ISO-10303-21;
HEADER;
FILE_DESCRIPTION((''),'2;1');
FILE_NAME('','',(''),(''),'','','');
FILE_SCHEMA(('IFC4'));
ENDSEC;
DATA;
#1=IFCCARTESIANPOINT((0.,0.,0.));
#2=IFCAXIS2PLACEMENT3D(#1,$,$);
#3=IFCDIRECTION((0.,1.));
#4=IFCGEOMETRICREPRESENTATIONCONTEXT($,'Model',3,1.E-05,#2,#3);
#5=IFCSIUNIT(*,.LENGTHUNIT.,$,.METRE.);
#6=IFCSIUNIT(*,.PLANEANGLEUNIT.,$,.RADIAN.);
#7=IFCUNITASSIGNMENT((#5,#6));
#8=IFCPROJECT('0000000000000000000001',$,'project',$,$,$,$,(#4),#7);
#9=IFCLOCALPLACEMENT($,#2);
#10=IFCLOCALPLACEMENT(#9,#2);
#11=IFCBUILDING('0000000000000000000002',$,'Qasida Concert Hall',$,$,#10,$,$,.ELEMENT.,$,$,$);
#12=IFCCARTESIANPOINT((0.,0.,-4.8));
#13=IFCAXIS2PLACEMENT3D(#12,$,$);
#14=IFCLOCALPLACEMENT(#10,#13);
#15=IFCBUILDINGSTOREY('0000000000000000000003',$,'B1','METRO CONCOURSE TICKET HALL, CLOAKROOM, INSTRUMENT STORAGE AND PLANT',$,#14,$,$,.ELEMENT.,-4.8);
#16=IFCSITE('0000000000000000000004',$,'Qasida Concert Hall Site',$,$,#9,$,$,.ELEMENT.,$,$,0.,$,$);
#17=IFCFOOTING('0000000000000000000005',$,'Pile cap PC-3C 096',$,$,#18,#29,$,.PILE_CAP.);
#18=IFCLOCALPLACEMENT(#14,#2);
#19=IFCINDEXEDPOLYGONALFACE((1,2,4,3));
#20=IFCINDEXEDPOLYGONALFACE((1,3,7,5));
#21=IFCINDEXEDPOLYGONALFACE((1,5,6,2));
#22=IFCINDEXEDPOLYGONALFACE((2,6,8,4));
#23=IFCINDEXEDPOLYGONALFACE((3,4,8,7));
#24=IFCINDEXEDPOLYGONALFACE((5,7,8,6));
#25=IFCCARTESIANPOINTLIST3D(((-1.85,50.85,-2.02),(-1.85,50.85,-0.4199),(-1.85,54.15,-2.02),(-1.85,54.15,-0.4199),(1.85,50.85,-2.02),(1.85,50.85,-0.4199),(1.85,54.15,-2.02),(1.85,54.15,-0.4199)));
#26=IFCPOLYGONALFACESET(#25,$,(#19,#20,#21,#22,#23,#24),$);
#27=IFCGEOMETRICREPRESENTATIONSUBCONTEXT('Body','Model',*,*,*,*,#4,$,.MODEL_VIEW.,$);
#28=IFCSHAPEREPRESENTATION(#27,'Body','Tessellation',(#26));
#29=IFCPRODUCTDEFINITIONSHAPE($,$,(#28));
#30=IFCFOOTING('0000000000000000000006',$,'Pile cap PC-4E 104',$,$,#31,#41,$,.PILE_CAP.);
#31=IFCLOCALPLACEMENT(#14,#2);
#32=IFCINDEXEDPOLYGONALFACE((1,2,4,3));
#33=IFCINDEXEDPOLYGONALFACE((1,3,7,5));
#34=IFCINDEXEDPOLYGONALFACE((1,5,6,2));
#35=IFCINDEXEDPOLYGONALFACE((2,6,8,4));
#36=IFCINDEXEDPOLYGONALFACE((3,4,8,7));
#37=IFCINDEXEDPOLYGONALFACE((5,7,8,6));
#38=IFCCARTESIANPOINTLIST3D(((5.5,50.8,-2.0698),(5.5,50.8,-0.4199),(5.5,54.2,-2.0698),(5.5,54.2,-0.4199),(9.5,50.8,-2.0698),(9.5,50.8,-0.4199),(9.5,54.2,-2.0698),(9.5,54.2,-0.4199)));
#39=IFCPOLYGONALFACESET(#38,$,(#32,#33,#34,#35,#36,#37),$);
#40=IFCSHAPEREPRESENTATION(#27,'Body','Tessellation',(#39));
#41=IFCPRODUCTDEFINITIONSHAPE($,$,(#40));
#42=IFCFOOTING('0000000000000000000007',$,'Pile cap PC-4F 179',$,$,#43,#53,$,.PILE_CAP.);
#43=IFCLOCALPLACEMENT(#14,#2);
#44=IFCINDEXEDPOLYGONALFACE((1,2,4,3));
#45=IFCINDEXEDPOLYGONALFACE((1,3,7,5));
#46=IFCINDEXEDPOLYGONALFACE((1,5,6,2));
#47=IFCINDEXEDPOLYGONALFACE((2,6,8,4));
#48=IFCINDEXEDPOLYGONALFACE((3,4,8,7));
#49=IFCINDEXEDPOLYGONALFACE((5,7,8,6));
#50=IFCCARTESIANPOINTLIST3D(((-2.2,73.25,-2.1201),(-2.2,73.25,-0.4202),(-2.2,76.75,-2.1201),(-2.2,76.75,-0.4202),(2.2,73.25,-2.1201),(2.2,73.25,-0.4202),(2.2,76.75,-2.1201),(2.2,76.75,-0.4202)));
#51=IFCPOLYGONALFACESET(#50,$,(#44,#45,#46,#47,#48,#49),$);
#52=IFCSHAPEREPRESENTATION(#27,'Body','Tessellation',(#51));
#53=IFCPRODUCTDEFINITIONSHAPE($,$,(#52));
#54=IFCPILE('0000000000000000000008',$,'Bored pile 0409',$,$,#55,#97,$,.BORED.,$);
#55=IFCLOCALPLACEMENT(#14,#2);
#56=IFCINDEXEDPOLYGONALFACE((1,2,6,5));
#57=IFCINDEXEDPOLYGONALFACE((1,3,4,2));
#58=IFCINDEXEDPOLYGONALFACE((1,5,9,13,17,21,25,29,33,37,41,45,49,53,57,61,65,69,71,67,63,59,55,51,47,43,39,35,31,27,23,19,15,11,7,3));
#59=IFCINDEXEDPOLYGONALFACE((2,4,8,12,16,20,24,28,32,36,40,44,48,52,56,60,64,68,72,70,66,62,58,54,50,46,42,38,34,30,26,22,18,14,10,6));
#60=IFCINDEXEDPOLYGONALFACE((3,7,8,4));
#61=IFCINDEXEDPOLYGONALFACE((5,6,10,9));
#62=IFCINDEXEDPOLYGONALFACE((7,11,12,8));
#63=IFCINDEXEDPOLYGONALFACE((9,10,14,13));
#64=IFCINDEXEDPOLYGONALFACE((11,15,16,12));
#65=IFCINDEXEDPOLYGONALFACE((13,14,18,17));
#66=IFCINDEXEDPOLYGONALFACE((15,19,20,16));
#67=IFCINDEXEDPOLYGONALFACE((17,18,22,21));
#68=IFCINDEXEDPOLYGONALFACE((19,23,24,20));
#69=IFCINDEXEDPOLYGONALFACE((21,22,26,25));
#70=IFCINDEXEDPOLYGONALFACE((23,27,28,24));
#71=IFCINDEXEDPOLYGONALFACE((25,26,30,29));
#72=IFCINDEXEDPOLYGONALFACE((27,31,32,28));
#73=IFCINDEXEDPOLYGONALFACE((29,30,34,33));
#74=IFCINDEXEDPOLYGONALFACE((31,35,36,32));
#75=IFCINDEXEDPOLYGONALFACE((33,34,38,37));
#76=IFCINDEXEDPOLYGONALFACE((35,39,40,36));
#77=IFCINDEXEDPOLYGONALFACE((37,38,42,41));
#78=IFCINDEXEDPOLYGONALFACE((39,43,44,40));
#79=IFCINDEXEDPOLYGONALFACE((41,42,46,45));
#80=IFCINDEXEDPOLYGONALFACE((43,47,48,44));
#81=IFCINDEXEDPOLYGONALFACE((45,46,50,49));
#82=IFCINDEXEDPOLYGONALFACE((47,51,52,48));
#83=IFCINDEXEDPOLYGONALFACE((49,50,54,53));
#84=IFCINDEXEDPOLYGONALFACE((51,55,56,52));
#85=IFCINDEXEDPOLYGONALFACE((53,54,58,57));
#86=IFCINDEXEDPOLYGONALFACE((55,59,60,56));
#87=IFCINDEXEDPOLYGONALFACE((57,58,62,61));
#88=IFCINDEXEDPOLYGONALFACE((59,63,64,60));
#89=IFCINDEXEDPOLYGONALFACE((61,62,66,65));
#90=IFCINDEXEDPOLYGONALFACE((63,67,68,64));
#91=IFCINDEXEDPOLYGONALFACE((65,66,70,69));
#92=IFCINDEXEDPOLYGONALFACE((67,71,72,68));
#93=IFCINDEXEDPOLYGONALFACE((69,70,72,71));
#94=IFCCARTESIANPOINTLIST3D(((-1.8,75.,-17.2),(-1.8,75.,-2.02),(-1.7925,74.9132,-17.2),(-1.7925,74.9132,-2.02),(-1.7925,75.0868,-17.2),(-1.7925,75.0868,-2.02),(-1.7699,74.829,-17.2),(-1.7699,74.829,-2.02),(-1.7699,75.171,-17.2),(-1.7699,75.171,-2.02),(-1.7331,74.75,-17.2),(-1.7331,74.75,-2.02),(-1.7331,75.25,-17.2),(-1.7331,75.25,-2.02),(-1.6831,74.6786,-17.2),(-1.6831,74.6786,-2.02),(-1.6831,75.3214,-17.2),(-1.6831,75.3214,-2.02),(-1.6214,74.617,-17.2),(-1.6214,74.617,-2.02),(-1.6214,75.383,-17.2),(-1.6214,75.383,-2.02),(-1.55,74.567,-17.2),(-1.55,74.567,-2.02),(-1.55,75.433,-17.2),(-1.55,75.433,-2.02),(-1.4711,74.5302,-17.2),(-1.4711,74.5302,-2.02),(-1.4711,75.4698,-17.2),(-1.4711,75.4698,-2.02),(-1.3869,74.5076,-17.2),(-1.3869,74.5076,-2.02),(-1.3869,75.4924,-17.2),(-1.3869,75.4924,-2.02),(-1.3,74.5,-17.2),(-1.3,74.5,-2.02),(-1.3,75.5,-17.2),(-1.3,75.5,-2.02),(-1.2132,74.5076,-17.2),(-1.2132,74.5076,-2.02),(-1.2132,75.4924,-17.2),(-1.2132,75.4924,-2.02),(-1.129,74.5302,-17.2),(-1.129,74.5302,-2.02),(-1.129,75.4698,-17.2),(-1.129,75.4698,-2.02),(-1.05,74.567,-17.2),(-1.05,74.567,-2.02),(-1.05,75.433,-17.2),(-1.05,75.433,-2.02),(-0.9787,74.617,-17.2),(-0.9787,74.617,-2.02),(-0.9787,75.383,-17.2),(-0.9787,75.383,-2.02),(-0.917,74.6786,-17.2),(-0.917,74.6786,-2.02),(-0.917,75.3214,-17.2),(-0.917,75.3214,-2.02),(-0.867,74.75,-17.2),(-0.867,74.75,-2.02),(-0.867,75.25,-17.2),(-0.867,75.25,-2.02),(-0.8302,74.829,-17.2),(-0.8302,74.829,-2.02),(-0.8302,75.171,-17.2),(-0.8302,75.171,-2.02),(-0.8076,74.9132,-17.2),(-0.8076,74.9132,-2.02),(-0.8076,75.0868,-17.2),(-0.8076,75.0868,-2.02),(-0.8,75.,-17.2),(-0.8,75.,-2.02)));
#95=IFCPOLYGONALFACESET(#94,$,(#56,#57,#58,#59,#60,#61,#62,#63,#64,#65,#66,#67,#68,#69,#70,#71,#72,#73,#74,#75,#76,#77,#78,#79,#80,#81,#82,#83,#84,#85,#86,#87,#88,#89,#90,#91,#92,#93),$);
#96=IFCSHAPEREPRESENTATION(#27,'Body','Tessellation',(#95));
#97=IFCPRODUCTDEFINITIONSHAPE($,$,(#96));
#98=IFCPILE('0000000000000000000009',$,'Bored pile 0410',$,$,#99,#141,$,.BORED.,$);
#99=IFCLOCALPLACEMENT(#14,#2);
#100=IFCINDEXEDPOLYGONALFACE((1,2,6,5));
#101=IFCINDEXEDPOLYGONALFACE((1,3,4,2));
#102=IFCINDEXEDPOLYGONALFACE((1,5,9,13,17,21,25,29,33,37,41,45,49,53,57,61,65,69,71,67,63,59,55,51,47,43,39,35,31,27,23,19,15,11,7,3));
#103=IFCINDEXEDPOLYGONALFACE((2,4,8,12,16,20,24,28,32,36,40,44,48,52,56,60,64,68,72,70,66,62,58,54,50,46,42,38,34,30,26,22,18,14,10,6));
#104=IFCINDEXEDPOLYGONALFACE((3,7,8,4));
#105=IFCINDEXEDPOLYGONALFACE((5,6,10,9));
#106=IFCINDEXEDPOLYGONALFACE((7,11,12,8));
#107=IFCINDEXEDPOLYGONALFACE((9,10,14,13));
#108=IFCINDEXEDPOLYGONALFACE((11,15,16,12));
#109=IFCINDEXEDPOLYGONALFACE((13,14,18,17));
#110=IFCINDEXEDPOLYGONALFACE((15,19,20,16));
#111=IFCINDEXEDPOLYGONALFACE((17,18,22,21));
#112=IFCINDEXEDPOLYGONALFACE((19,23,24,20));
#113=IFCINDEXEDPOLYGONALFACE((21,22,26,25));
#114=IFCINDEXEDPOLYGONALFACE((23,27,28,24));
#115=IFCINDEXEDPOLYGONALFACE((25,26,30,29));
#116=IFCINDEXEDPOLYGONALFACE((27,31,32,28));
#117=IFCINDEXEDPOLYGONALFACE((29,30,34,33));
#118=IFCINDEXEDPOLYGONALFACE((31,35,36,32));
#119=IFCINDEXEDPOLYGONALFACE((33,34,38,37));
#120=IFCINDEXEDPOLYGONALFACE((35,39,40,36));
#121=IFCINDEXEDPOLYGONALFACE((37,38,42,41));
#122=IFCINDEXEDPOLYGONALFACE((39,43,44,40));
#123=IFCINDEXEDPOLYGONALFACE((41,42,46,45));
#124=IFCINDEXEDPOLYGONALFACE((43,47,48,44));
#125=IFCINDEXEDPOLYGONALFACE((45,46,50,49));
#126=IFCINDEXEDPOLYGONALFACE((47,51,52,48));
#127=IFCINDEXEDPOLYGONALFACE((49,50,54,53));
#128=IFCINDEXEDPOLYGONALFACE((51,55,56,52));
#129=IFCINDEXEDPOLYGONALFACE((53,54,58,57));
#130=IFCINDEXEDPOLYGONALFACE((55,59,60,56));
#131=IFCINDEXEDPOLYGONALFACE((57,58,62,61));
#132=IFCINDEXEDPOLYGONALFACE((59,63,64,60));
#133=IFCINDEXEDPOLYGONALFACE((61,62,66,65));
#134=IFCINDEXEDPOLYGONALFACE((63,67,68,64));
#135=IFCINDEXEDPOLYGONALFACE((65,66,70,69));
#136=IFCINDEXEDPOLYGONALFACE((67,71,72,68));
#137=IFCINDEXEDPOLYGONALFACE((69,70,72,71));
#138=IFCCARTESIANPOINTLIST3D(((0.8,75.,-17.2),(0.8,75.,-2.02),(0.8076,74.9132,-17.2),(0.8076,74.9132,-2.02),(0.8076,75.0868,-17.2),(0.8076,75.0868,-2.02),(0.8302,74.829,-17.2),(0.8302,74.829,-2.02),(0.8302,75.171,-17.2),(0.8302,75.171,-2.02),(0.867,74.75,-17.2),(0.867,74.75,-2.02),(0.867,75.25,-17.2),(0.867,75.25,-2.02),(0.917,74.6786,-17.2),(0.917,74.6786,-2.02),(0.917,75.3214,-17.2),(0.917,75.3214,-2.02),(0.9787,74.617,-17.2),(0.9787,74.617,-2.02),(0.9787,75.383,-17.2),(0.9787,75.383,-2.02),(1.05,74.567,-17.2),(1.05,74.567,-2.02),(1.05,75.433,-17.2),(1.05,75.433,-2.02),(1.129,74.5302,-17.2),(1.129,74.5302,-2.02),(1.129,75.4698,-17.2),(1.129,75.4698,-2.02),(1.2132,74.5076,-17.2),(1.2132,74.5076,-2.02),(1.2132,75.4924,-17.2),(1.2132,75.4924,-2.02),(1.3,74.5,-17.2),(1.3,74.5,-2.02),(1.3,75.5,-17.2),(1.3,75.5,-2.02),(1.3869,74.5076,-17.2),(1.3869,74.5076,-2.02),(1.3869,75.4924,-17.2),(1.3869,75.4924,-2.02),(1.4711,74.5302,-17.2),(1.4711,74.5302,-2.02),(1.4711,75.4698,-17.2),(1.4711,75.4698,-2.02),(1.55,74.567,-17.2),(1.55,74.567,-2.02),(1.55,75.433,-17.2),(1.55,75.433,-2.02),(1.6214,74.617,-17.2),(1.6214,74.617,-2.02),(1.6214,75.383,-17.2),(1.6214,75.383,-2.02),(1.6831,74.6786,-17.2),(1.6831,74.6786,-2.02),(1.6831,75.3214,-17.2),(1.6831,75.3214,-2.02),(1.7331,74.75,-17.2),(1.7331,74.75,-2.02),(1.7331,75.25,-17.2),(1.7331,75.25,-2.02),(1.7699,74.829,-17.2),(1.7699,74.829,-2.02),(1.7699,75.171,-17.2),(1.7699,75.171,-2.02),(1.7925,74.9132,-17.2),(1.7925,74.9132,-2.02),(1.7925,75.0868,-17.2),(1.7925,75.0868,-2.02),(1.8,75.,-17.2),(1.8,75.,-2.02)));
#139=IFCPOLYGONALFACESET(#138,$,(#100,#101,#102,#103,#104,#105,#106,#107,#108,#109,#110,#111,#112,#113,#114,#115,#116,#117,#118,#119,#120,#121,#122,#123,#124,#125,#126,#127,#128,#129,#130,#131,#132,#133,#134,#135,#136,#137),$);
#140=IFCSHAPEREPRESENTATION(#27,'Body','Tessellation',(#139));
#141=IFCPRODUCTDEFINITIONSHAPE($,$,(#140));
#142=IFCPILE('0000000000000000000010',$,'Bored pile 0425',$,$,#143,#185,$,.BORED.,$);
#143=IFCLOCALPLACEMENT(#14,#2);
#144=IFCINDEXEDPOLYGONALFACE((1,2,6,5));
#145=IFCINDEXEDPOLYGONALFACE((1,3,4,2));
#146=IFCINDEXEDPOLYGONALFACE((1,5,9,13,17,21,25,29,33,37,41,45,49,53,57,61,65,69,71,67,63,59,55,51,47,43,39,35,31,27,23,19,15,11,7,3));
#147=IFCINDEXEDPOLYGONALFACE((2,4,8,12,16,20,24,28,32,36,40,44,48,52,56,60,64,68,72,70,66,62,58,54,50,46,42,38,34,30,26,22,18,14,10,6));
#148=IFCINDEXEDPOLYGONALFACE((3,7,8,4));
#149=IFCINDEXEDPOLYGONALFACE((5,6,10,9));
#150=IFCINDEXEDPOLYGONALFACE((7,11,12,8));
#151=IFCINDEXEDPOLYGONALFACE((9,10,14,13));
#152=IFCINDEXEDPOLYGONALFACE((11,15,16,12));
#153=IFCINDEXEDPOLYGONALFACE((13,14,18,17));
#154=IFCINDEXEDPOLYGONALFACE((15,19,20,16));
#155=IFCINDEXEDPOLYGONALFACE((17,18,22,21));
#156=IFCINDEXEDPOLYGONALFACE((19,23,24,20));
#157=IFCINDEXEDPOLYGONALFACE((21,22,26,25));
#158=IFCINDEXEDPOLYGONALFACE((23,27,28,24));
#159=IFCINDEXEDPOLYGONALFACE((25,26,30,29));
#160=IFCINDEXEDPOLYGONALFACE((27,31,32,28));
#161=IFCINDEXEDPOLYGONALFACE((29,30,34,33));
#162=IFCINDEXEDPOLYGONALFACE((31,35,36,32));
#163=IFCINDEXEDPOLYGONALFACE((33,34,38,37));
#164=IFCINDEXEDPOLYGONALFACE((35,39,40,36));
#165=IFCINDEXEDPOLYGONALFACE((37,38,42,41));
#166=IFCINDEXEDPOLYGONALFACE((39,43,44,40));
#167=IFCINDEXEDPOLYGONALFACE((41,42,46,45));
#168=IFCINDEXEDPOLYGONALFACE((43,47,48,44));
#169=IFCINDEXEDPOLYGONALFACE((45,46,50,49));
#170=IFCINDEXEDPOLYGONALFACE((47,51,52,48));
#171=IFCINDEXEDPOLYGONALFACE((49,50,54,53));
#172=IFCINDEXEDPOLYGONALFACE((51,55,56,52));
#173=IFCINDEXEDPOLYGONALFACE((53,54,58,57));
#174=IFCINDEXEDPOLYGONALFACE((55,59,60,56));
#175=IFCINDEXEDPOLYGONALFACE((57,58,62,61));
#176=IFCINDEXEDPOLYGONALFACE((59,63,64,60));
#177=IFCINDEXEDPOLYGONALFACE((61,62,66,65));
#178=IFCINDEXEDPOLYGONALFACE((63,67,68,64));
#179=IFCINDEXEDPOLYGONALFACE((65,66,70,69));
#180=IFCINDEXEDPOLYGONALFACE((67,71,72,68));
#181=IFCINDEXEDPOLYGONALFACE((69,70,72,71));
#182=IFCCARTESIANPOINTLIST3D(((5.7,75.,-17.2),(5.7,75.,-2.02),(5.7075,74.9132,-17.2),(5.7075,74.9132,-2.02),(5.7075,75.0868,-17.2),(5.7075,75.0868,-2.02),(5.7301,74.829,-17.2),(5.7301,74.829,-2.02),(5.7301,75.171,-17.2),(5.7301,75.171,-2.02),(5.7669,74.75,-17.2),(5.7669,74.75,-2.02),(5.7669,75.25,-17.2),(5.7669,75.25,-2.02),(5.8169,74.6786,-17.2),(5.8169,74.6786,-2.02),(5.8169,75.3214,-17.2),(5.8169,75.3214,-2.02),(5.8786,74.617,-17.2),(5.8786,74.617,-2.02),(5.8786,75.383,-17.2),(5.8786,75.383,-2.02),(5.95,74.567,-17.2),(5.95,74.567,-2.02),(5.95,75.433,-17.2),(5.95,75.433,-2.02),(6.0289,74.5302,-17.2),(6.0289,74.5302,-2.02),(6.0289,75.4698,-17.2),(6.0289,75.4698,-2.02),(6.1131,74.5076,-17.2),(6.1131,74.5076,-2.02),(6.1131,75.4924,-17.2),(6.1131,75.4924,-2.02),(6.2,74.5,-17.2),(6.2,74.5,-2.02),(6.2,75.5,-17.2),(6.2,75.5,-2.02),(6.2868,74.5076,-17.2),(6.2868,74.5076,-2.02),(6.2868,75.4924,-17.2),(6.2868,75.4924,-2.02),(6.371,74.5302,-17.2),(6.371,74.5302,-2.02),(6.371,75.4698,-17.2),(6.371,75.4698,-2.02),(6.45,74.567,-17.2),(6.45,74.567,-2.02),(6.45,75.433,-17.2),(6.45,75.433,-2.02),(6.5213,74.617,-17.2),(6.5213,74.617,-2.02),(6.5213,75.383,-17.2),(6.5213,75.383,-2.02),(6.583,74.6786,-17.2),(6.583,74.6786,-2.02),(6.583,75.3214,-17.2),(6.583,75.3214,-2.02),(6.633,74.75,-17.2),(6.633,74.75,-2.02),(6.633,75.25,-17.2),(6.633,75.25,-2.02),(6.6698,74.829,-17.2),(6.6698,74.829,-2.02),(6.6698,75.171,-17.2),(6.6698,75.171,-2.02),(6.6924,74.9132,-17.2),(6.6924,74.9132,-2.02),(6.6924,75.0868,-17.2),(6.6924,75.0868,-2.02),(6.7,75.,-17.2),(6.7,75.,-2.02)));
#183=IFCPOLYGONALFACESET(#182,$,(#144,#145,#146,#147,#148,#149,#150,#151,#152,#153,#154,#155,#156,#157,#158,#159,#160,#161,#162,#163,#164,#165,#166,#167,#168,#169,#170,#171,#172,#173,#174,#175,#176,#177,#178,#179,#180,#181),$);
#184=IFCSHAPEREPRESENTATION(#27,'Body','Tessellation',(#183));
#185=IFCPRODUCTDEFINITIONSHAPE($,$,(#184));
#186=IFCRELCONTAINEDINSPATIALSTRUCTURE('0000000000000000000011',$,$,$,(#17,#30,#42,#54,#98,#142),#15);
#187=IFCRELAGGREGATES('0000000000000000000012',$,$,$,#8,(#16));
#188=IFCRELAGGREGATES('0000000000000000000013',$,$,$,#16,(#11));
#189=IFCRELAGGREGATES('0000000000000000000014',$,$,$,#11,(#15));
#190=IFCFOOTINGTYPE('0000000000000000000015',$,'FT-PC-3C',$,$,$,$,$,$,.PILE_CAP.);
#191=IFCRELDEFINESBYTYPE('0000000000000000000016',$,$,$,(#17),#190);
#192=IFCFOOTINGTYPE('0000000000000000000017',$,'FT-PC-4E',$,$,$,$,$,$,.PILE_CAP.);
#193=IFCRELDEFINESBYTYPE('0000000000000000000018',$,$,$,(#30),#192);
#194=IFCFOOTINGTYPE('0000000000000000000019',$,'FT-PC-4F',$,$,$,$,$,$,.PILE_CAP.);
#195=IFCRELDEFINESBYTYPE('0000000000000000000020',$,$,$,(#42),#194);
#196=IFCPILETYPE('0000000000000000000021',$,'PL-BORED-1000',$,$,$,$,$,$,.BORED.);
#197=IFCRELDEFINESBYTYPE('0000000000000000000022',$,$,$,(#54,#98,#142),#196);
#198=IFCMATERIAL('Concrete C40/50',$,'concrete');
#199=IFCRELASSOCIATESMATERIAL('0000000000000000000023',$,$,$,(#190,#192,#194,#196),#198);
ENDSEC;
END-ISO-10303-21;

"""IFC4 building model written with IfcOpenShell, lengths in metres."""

from ifc_helpers import new_model, si_unit, direction, frame, origin, origin_2d, place, context, subcontext, project, spatial, rectangle, circle, extrude, material, material_profile, profile_set, type_object, element, save


model = new_model("IFC4")

# Units and contexts
model_context = context("Model", 3, precision=1e-05, world=origin(), true_north=direction((0.0, 1.0)))
body_context = subcontext(model_context, "Body", "Model", "MODEL_VIEW")
ifc_project = project(units=[si_unit("LENGTHUNIT", "METRE"), si_unit("PLANEANGLEUNIT", "RADIAN")], contexts=[model_context])

# Site, building, storey
site_placement = place(None, origin())
site = spatial("IfcSite", under=ifc_project, at=site_placement, Name="Qasida Concert Hall Site", CompositionType="ELEMENT", RefElevation=0.0)
building_placement = place(site_placement, origin())
building = spatial("IfcBuilding", under=site, at=building_placement, Name="Qasida Concert Hall", CompositionType="ELEMENT")
storey_placement = place(building_placement, frame((0.0, 0.0, -4.8)))
storey = spatial("IfcBuildingStorey", under=building, at=storey_placement, Name="B1", Description="METRO CONCOURSE TICKET HALL, CLOAKROOM, INSTRUMENT STORAGE AND PLANT", CompositionType="ELEMENT", Elevation=-4.8)

# Footings
ifc_material_1 = material(Name="Concrete C40/50", Category="concrete")
footing_type_1 = type_object("IfcFootingType", Name="FT-PC-3C", PredefinedType="PILE_CAP", material=ifc_material_1)
footing_1_placement = place(storey_placement, frame((0.0, 52.5, -2.02), z_axis=(0.0, 0.0, 1.0), x_axis=(1.0, 0.0, 0.0)))
element("IfcFooting", 1, at=footing_1_placement, inside=storey, type_object=footing_type_1, Name="Pile cap PC-3C 096", PredefinedType="PILE_CAP", context=body_context, shape_type="SweptSolid", body=[
    extrude(rectangle(XDim=3.7, YDim=3.3, at=origin_2d()), origin(), (0.0, 0.0, 1.0), 1.6001),
])
footing_type_2 = type_object("IfcFootingType", Name="FT-PC-4E", PredefinedType="PILE_CAP", material=ifc_material_1)
footing_2_placement = place(storey_placement, frame((7.5, 52.5, -2.0698), z_axis=(0.0, 0.0, 1.0), x_axis=(1.0, 0.0, 0.0)))
element("IfcFooting", 2, at=footing_2_placement, inside=storey, type_object=footing_type_2, Name="Pile cap PC-4E 104", PredefinedType="PILE_CAP", context=body_context, shape_type="SweptSolid", body=[
    extrude(rectangle(XDim=4.0, YDim=3.3999, at=origin_2d()), origin(), (0.0, 0.0, 1.0), 1.6499),
])
footing_type_3 = type_object("IfcFootingType", Name="FT-PC-4F", PredefinedType="PILE_CAP", material=ifc_material_1)
footing_3_placement = place(storey_placement, frame((0.0, 75.0, -2.1201), z_axis=(0.0, 0.0, 1.0), x_axis=(1.0, 0.0, 0.0)))
element("IfcFooting", 3, at=footing_3_placement, inside=storey, type_object=footing_type_3, Name="Pile cap PC-4F 179", PredefinedType="PILE_CAP", context=body_context, shape_type="SweptSolid", body=[
    extrude(rectangle(XDim=4.3999, YDim=3.5, at=origin_2d()), origin(), (0.0, 0.0, 1.0), 1.7),
])

# Piles
ifc_material_profile_1 = material_profile(ifc_material_1, circle(Radius=0.5, at=origin_2d()), Name="BORED PILE D1000")
ifc_profile_set_1 = profile_set([ifc_material_profile_1], Name="Concrete C40/50")
pile_type_1 = type_object("IfcPileType", Name="PL-BORED-1000", PredefinedType="BORED", material=ifc_profile_set_1)
for number, where, z_axis, x_axis, name in (
    (4, (-1.3, 75.0, -2.02), (0.0, 0.0, -1.0), (1.0, 0.0, 0.0), "Bored pile 0409"),
    (5, (1.3, 75.0, -2.02), (0.0, 0.0, -1.0), (1.0, 0.0, 0.0), "Bored pile 0410"),
    (6, (6.2, 75.0, -2.02), (0.0, 0.0, -1.0), (1.0, 0.0, 0.0), "Bored pile 0425"),
):
    element("IfcPile", number, at=place(storey_placement, frame(where, z_axis=z_axis, x_axis=x_axis)), inside=storey, type_object=pile_type_1, Name=name, PredefinedType="BORED", context=body_context, shape_type="SweptSolid", body=[
        extrude(circle(Radius=0.5, at=origin_2d()), origin(), (0.0, 0.0, 1.0), 15.1799),
    ])

save(model, "model.ifc")
